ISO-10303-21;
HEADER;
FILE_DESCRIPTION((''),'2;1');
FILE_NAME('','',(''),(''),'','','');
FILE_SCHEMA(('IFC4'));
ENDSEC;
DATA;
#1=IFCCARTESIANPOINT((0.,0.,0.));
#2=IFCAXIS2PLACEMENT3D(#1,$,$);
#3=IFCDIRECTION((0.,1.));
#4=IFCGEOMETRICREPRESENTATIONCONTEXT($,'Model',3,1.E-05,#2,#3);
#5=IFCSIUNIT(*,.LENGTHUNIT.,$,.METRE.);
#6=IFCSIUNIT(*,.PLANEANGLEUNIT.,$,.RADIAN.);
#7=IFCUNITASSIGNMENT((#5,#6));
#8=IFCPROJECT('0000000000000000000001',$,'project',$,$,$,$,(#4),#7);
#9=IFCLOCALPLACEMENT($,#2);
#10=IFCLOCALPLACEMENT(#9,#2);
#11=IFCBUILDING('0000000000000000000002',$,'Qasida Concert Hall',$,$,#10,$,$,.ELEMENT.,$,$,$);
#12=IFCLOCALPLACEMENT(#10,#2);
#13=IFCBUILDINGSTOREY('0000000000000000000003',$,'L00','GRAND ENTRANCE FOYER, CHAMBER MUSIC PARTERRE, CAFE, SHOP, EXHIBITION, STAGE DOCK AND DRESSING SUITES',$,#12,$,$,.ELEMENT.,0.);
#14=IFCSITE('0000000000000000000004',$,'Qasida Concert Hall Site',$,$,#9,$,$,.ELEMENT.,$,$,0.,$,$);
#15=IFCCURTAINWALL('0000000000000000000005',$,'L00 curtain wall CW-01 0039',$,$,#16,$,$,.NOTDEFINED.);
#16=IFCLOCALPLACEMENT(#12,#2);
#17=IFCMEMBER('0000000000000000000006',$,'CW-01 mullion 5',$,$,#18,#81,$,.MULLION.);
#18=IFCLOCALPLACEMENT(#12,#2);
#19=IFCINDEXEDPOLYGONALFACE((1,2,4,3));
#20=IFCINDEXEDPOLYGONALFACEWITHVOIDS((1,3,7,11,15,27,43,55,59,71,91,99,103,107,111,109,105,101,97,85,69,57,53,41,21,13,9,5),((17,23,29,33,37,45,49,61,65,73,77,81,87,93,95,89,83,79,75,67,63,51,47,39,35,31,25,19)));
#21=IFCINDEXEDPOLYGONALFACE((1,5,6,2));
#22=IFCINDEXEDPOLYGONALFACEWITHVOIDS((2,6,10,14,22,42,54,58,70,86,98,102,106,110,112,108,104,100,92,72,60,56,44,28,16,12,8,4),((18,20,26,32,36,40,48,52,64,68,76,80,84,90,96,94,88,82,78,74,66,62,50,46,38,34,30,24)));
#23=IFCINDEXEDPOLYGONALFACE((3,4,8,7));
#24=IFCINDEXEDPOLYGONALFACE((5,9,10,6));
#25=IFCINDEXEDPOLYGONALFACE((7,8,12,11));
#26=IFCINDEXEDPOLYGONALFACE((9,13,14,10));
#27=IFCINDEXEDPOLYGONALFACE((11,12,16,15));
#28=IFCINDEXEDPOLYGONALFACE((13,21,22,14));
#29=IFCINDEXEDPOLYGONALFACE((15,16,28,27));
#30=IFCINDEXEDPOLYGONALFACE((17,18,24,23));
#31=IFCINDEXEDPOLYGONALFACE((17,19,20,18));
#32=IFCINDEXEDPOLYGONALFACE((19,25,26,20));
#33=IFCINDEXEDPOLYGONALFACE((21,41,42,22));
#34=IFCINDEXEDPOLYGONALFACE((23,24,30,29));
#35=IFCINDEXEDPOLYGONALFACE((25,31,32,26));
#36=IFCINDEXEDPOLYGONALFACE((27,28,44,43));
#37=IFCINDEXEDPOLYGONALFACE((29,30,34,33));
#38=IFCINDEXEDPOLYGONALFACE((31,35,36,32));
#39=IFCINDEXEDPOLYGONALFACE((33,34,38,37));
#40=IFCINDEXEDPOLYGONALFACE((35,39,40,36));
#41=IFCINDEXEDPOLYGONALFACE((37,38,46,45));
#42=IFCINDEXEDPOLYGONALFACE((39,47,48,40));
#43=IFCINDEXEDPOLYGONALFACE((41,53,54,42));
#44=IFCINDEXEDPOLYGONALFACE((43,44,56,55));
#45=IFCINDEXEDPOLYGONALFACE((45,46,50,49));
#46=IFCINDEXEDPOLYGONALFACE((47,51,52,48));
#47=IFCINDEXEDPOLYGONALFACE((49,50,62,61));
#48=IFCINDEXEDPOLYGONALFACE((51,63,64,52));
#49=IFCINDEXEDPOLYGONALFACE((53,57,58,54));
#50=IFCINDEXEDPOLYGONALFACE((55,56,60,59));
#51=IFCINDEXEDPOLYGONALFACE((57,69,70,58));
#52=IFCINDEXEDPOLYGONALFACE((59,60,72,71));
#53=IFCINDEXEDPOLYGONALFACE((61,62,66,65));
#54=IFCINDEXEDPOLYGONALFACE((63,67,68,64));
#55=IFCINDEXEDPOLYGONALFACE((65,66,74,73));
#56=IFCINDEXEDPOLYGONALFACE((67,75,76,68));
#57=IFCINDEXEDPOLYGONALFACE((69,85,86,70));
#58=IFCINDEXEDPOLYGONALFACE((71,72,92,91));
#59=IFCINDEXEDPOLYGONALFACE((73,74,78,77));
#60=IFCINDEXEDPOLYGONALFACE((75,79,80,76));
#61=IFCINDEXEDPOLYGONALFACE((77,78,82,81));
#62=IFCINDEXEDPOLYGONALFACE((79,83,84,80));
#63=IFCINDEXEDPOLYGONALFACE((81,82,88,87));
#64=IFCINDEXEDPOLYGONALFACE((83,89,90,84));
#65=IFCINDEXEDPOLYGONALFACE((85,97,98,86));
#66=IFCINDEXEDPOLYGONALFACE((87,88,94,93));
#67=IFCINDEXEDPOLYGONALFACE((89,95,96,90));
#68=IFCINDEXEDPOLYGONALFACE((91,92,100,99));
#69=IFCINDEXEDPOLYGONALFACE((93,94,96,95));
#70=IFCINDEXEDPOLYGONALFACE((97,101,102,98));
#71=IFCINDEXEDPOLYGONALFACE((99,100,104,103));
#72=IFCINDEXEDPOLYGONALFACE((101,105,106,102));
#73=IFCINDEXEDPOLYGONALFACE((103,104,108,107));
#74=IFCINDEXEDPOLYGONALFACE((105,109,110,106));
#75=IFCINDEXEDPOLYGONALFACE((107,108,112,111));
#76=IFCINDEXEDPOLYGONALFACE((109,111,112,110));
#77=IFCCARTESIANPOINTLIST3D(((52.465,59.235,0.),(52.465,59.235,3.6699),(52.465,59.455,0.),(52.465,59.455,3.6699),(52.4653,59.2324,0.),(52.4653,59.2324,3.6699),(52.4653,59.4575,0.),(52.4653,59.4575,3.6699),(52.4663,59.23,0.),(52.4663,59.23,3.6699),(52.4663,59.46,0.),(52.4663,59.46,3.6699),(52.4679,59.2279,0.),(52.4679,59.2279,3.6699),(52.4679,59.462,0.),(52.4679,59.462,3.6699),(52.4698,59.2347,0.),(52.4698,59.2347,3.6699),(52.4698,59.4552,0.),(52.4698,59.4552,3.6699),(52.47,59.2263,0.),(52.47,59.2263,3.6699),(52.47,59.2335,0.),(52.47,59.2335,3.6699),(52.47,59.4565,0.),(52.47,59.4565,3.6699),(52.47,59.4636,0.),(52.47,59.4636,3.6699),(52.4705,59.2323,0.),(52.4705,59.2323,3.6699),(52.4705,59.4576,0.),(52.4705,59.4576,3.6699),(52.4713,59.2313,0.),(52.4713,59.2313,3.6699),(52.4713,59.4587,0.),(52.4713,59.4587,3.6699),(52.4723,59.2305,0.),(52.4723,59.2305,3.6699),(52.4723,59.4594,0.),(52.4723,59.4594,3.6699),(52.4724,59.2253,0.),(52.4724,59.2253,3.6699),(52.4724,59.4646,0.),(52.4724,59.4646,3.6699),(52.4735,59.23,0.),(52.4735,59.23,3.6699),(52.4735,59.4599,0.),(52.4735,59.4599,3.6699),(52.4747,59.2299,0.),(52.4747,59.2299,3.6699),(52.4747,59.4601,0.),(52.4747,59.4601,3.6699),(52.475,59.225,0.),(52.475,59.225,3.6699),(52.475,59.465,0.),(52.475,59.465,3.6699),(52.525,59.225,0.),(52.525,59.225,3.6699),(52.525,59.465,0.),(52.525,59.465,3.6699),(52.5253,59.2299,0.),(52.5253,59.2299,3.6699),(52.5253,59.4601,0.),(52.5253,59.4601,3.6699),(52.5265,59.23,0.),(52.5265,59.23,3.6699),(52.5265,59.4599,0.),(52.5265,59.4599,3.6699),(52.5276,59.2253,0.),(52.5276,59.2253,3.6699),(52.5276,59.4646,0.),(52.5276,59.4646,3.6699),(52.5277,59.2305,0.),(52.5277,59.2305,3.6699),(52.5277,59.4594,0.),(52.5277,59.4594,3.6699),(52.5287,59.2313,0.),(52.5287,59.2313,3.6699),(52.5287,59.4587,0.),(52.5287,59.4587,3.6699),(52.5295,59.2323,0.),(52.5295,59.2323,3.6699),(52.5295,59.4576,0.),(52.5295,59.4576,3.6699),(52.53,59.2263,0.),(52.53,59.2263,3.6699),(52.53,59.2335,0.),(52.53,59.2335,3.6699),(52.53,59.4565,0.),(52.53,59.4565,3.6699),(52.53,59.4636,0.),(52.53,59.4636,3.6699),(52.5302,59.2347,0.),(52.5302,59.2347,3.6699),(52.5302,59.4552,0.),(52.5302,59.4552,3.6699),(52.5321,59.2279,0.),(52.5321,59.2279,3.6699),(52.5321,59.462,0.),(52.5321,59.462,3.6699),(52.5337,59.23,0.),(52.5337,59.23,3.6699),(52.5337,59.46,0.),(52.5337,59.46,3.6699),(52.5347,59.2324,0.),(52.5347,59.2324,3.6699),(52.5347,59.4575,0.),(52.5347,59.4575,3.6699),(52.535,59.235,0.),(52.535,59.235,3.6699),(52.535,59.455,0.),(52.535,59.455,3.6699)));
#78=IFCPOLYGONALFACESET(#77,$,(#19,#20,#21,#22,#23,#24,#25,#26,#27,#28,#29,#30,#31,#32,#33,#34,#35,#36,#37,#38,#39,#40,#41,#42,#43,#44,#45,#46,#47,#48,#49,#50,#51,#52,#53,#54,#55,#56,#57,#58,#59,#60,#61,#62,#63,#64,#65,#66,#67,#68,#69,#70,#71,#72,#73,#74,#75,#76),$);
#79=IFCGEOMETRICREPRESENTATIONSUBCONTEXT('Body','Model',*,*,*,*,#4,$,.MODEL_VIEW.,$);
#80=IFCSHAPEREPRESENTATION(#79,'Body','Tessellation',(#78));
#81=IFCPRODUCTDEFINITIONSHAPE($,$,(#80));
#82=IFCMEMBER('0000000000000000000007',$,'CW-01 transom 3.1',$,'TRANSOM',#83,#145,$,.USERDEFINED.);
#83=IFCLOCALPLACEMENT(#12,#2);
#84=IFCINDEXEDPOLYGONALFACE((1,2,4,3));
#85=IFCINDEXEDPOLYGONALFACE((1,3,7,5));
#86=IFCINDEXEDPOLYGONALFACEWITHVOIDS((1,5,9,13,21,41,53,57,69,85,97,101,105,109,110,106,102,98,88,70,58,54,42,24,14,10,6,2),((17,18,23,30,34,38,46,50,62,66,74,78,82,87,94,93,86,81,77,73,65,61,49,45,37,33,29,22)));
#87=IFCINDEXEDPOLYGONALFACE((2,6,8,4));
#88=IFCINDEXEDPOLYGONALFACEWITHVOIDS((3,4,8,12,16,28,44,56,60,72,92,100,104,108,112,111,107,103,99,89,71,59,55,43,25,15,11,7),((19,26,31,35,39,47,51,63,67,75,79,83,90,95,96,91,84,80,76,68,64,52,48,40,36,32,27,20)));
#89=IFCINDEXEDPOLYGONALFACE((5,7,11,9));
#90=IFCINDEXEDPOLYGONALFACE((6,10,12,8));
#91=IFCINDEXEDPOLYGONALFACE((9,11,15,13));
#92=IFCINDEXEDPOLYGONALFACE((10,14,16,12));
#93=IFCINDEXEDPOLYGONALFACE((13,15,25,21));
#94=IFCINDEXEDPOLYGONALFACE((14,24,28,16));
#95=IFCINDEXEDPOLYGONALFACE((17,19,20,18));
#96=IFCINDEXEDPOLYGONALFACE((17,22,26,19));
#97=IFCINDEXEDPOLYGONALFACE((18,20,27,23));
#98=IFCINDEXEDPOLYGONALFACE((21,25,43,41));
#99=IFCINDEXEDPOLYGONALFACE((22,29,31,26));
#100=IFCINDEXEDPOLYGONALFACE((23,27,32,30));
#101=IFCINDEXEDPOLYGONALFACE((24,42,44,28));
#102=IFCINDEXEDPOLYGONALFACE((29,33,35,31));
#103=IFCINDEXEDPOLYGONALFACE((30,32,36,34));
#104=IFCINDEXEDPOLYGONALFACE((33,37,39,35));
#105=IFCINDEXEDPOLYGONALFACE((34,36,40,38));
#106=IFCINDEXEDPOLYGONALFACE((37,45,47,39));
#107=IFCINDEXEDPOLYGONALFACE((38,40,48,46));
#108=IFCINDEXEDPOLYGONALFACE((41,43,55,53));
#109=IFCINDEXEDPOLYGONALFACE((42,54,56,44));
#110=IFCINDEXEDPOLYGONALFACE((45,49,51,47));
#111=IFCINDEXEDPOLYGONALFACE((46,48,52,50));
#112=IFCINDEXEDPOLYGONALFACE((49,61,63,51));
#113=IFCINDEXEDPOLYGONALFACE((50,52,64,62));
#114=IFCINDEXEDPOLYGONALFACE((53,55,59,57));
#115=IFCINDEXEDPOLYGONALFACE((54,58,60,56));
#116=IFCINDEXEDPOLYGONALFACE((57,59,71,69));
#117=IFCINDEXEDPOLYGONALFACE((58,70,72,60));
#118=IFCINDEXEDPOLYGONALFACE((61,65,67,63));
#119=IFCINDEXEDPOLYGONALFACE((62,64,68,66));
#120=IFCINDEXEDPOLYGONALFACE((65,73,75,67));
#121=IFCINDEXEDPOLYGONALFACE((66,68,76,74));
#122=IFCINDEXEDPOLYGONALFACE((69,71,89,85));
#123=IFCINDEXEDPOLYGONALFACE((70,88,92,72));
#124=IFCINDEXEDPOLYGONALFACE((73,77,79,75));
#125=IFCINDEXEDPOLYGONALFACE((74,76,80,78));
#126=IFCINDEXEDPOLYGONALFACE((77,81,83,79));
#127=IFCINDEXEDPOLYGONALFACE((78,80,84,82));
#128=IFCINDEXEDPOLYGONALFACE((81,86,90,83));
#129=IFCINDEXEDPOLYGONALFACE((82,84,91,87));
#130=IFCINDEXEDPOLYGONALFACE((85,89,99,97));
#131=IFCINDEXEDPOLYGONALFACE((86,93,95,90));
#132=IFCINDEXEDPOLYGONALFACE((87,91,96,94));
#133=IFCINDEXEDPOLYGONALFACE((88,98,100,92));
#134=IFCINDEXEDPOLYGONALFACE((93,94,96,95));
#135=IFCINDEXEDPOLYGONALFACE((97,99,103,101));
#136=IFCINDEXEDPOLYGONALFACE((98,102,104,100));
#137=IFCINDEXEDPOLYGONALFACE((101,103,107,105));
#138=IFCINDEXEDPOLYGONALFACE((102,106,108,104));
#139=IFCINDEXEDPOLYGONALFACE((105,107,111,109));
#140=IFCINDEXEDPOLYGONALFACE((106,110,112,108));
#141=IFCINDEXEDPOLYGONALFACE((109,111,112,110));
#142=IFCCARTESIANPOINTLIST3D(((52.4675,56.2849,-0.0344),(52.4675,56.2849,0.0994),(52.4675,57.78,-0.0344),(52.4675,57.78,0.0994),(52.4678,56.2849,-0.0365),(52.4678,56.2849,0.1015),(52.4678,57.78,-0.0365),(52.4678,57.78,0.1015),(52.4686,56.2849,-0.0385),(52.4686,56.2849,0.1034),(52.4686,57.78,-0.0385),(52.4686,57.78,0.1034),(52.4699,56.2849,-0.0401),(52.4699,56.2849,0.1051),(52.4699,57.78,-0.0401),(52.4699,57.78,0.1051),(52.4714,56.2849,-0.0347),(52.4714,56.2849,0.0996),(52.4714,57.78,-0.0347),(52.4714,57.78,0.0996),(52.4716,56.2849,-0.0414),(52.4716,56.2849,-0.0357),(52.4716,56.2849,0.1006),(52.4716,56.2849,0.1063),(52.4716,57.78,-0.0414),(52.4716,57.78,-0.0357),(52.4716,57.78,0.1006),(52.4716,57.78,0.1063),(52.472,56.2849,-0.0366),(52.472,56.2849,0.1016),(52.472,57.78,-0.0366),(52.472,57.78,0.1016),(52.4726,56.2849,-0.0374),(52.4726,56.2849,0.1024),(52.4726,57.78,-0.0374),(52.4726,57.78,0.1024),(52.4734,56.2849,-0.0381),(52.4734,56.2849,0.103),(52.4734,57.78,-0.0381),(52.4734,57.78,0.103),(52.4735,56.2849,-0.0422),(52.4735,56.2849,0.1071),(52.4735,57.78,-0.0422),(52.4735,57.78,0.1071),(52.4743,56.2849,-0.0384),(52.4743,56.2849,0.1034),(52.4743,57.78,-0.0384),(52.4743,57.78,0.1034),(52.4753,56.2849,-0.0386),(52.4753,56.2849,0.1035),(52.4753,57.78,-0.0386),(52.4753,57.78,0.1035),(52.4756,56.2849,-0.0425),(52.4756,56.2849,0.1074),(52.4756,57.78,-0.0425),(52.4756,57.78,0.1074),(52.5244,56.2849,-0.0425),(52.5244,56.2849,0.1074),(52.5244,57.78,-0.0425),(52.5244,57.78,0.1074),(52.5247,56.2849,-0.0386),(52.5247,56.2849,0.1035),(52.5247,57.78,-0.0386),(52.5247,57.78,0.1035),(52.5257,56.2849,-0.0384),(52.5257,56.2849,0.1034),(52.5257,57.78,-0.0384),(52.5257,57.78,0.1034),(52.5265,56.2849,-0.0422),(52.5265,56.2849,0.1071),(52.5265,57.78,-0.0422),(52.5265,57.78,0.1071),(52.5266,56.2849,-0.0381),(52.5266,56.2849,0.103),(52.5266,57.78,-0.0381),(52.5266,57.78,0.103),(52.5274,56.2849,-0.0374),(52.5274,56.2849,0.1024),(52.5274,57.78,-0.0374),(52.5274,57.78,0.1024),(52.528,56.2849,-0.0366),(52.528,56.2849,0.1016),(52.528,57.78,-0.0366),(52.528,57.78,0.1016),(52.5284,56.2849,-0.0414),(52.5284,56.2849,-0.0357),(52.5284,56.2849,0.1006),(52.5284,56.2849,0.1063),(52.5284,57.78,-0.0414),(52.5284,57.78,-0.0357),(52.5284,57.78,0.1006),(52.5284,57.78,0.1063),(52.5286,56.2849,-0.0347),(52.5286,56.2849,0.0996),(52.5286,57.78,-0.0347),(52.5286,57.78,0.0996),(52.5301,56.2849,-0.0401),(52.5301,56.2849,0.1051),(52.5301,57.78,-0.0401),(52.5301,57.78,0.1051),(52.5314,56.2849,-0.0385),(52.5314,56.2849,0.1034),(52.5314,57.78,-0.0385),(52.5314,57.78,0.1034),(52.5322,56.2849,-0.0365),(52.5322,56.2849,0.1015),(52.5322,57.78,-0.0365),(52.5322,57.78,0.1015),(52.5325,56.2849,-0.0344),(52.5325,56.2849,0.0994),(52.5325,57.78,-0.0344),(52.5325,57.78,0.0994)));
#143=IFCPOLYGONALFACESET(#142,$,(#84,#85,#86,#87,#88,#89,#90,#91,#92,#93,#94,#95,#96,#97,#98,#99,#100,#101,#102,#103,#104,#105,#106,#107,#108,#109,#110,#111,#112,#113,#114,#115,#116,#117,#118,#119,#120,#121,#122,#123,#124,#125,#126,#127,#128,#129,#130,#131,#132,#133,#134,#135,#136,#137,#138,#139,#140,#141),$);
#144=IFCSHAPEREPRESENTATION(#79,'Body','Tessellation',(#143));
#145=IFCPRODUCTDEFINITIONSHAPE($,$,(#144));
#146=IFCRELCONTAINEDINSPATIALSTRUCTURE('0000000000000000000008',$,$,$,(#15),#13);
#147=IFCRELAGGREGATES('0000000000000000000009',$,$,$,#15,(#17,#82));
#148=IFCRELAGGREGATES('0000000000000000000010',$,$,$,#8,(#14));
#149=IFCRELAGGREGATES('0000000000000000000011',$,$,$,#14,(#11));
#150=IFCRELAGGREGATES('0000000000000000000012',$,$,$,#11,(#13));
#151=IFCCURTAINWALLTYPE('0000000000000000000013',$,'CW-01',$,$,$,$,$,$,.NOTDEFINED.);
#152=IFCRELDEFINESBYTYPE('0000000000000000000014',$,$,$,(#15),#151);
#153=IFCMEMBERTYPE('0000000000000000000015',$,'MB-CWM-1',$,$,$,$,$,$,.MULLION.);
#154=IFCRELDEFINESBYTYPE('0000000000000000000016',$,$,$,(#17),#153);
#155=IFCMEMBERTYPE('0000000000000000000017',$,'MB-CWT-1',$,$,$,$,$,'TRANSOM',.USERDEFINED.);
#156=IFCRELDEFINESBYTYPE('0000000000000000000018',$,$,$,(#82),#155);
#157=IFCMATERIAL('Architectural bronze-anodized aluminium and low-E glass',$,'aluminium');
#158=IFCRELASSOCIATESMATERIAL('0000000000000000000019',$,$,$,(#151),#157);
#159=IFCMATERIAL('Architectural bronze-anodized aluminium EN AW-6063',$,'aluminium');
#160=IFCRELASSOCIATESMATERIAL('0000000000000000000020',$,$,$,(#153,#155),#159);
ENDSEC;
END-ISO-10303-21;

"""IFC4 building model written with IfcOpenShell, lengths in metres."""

from ifc_helpers import new_model, si_unit, direction, frame, origin, origin_2d, place, context, subcontext, project, spatial, hollow_rectangle, extrude, material, material_profile, profile_set, type_object, element, aggregate, save


model = new_model("IFC4")

# Units and contexts
model_context = context("Model", 3, precision=1e-05, world=origin(), true_north=direction((0.0, 1.0)))
body_context = subcontext(model_context, "Body", "Model", "MODEL_VIEW")
ifc_project = project(units=[si_unit("LENGTHUNIT", "METRE"), si_unit("PLANEANGLEUNIT", "RADIAN")], contexts=[model_context])

# Site, building, storey
site_placement = place(None, origin())
site = spatial("IfcSite", under=ifc_project, at=site_placement, Name="Qasida Concert Hall Site", CompositionType="ELEMENT", RefElevation=0.0)
building_placement = place(site_placement, origin())
building = spatial("IfcBuilding", under=site, at=building_placement, Name="Qasida Concert Hall", CompositionType="ELEMENT")
storey_placement = place(building_placement, origin())
storey = spatial("IfcBuildingStorey", under=building, at=storey_placement, Name="L00", Description="GRAND ENTRANCE FOYER, CHAMBER MUSIC PARTERRE, CAFE, SHOP, EXHIBITION, STAGE DOCK AND DRESSING SUITES", CompositionType="ELEMENT", Elevation=0.0)

# Curtain wall, members
ifc_material_1 = material(Name="Architectural bronze-anodized aluminium and low-E glass", Category="aluminium")
curtain_wall_type = type_object("IfcCurtainWallType", Name="CW-01", PredefinedType="NOTDEFINED", material=ifc_material_1)
curtain_wall_placement = place(storey_placement, origin())
curtain_wall = element("IfcCurtainWall", 1, at=curtain_wall_placement, inside=storey, type_object=curtain_wall_type, Name="L00 curtain wall CW-01 0039", PredefinedType="NOTDEFINED")
ifc_material_2 = material(Name="Architectural bronze-anodized aluminium EN AW-6063", Category="aluminium")
ifc_material_profile_1 = material_profile(ifc_material_2, hollow_rectangle(XDim=0.0701, YDim=0.24, WallThickness=0.0049, InnerFilletRadius=0.0049, OuterFilletRadius=0.01, at=origin_2d()), Name="CWM 240x70x5")
ifc_profile_set_1 = profile_set([ifc_material_profile_1], Name="Architectural bronze-anodized aluminium EN AW-6063")
member_type_1 = type_object("IfcMemberType", Name="MB-CWM-1", PredefinedType="MULLION", material=ifc_profile_set_1)
member_1_placement = place(storey_placement, frame((52.5, 59.345, 0.0), z_axis=(0.0, 0.0, 1.0), x_axis=(-1.0, 0.0, 0.0)))
member_1 = element("IfcMember", 2, at=member_1_placement, type_object=member_type_1, Name="CW-01 mullion 5", PredefinedType="MULLION", context=body_context, shape_type="SweptSolid", body=[
    extrude(hollow_rectangle(XDim=0.0701, YDim=0.24, WallThickness=0.0049, InnerFilletRadius=0.0049, OuterFilletRadius=0.01, at=origin_2d()), origin(), (0.0, 0.0, 1.0), 3.6699),
])
ifc_material_profile_2 = material_profile(ifc_material_2, hollow_rectangle(XDim=0.0649, YDim=0.1499, WallThickness=0.0039, InnerFilletRadius=0.0039, OuterFilletRadius=0.0081, at=origin_2d()), Name="CWT 150x65x4")
ifc_profile_set_2 = profile_set([ifc_material_profile_2], Name="Architectural bronze-anodized aluminium EN AW-6063")
member_type_2 = type_object("IfcMemberType", Name="MB-CWT-1", ElementType="TRANSOM", PredefinedType="USERDEFINED", material=ifc_profile_set_2)
member_2_placement = place(storey_placement, frame((52.5, 56.2849, 0.0325), z_axis=(0.0, 1.0, 0.0), x_axis=(-1.0, 0.0, 0.0)))
member_2 = element("IfcMember", 3, at=member_2_placement, type_object=member_type_2, Name="CW-01 transom 3.1", ObjectType="TRANSOM", PredefinedType="USERDEFINED", context=body_context, shape_type="SweptSolid", body=[
    extrude(hollow_rectangle(XDim=0.0649, YDim=0.1499, WallThickness=0.0039, InnerFilletRadius=0.0039, OuterFilletRadius=0.0081, at=origin_2d()), origin(), (0.0, 0.0, 1.0), 1.4951),
])
aggregate(curtain_wall, [member_1, member_2])

save(model, "model.ifc")
